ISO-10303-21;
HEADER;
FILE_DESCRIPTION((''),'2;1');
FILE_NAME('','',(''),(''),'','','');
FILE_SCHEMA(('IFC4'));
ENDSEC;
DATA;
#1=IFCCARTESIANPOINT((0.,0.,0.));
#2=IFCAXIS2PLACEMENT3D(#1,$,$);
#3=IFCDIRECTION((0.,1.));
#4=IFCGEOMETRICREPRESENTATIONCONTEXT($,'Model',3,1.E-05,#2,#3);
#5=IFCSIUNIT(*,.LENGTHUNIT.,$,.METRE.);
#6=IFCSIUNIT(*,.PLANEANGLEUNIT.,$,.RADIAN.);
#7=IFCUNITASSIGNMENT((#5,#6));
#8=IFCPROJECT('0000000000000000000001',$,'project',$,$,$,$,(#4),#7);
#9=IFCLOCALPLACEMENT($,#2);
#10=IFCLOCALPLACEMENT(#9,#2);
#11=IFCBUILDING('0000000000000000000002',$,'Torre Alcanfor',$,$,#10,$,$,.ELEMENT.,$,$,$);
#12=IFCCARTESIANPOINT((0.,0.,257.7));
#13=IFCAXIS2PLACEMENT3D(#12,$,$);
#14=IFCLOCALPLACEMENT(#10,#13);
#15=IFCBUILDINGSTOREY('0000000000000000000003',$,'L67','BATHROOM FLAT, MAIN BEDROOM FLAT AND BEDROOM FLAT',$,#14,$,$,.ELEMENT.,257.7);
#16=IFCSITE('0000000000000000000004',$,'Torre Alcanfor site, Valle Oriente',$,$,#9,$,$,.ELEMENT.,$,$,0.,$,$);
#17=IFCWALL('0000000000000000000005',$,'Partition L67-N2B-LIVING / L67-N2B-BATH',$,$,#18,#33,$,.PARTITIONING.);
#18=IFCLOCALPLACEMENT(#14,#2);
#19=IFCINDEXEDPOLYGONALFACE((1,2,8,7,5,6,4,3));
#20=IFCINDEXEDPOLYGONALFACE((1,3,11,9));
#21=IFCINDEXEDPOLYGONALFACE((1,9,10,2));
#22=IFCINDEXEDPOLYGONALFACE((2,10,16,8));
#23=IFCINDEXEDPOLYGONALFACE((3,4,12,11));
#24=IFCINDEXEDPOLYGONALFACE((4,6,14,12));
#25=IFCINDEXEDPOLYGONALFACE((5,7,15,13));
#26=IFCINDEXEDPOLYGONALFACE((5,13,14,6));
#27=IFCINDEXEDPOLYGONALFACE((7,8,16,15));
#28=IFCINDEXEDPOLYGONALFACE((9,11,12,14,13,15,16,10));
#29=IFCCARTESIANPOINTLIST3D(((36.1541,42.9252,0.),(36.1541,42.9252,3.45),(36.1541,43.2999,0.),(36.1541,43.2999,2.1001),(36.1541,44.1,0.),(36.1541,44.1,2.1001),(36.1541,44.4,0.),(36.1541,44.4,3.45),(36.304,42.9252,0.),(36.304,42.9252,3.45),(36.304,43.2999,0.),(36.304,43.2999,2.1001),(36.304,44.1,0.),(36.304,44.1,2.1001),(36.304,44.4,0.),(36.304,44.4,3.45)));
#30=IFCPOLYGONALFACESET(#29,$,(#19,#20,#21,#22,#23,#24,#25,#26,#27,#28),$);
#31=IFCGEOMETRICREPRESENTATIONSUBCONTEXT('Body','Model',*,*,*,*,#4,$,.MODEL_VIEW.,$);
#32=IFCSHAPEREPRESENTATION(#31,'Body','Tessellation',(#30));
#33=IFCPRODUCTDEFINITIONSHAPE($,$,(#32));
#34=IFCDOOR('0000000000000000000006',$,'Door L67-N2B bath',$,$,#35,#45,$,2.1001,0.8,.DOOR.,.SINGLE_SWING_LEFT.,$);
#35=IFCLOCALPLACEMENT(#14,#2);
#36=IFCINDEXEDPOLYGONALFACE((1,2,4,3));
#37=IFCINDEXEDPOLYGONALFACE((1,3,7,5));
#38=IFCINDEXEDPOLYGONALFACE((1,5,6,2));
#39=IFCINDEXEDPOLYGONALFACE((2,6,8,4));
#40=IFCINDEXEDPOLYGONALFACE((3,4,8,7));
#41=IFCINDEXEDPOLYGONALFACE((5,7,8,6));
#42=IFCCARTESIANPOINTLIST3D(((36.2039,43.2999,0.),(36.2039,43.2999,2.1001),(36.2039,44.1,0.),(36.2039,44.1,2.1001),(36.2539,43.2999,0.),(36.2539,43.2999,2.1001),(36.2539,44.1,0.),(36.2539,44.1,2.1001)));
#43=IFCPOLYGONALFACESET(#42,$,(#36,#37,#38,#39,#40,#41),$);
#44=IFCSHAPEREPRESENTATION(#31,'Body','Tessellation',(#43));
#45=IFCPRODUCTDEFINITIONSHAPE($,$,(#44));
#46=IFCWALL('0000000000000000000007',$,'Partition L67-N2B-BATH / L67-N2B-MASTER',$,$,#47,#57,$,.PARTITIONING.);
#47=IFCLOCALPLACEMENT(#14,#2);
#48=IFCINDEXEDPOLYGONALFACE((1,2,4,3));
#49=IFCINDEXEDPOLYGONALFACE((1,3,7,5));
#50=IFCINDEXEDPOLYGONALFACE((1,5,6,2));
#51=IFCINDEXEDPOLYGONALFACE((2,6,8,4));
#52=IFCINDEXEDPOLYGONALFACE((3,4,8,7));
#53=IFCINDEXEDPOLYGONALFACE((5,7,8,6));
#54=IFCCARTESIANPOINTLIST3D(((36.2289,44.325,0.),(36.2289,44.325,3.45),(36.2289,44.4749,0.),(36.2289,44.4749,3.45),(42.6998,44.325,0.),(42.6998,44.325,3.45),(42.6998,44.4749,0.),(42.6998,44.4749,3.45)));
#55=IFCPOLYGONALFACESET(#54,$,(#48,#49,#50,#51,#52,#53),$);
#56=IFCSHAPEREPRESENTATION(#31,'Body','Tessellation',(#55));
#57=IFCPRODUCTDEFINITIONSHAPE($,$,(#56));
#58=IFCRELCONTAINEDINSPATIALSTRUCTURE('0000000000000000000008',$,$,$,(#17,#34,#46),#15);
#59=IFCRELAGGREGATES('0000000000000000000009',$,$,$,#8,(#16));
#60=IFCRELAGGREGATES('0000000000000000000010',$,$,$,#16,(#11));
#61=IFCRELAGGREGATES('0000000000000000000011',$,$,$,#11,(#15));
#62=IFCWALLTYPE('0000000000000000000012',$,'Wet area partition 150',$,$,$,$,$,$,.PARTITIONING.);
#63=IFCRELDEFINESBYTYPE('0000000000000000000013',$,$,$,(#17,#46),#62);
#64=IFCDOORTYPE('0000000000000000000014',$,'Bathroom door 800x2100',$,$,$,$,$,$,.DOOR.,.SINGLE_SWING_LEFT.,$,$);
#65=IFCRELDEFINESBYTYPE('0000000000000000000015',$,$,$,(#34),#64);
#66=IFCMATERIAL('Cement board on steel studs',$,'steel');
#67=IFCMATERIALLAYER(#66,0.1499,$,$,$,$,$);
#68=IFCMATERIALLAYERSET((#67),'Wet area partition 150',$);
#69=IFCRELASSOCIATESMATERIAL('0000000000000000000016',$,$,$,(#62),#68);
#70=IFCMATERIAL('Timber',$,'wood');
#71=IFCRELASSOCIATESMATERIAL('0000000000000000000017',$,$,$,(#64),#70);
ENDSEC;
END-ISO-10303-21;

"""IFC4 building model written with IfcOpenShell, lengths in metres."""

from ifc_helpers import new_model, si_unit, direction, frame, frame_2d, origin, place, context, subcontext, project, spatial, rectangle, extrude, material, layer, layer_set, type_object, element, fill, save


model = new_model("IFC4")

# Units and contexts
model_context = context("Model", 3, precision=1e-05, world=origin(), true_north=direction((0.0, 1.0)))
body_context = subcontext(model_context, "Body", "Model", "MODEL_VIEW")
ifc_project = project(units=[si_unit("LENGTHUNIT", "METRE"), si_unit("PLANEANGLEUNIT", "RADIAN")], contexts=[model_context])

# Site, building, storey
site_placement = place(None, origin())
site = spatial("IfcSite", under=ifc_project, at=site_placement, Name="Torre Alcanfor site, Valle Oriente", CompositionType="ELEMENT", RefElevation=0.0)
building_placement = place(site_placement, origin())
building = spatial("IfcBuilding", under=site, at=building_placement, Name="Torre Alcanfor", CompositionType="ELEMENT")
storey_placement = place(building_placement, frame((0.0, 0.0, 257.7)))
storey = spatial("IfcBuildingStorey", under=building, at=storey_placement, Name="L67", Description="BATHROOM FLAT, MAIN BEDROOM FLAT AND BEDROOM FLAT", CompositionType="ELEMENT", Elevation=257.7)

# Shared definitions
ifc_material_1 = material(Name="Cement board on steel studs", Category="steel")
ifc_layer_1 = layer(ifc_material_1, 0.1499)
ifc_layer_set_1 = layer_set([ifc_layer_1], Name="Wet area partition 150")
wall_type_1 = type_object("IfcWallType", Name="Wet area partition 150", PredefinedType="PARTITIONING", material=ifc_layer_set_1)

# Wall, opening, door
ifc_material_2 = material(Name="Timber", Category="wood")
door_type_1 = type_object("IfcDoorType", Name="Bathroom door 800x2100", OperationType="SINGLE_SWING_LEFT", PredefinedType="DOOR", material=ifc_material_2)
wall_1_placement = place(storey_placement, frame((36.229, 44.3999, 0.0), z_axis=(0.0, 0.0, 1.0), x_axis=(0.0, -1.0, 0.0)))
wall_1 = element("IfcWall", 1, at=wall_1_placement, inside=storey, type_object=wall_type_1, Name="Partition L67-N2B-LIVING / L67-N2B-BATH", PredefinedType="PARTITIONING", context=body_context, shape_type="SweptSolid", body=[
    extrude(rectangle(XDim=1.4749, YDim=0.1499, at=frame_2d((0.7373, 0.0))), origin(), (0.0, 0.0, 1.0), 3.45),
])
opening_1_placement = place(wall_1_placement, frame((0.3, 0.0, 0.0)))
opening_1 = element("IfcOpeningElement", 2, at=opening_1_placement, cuts=wall_1, PredefinedType="OPENING", context=body_context, shape_type="SweptSolid", body=[
    extrude(rectangle(XDim=0.8, YDim=2.1001, at=frame_2d((0.3999, 1.05))), frame((0.0, 0.085, 0.0), z_axis=(0.0, -1.0, 0.0), x_axis=(1.0, 0.0, 0.0)), (0.0, 0.0, 1.0), 0.1699),
])
door_1_placement = place(opening_1_placement, origin())
door_1 = element("IfcDoor", 3, at=door_1_placement, inside=storey, type_object=door_type_1, Name="Door L67-N2B bath", OperationType="SINGLE_SWING_LEFT", OverallHeight=2.1001, OverallWidth=0.8, PredefinedType="DOOR", context=body_context, shape_type="SweptSolid", body=[
    extrude(rectangle(XDim=0.8, YDim=2.1001, at=frame_2d((0.3999, 1.05))), frame((0.0, 0.0249, 0.0), z_axis=(0.0, -1.0, 0.0), x_axis=(1.0, 0.0, 0.0)), (0.0, 0.0, 1.0), 0.05),
])
fill(opening_1, door_1)

# Wall
wall_2_placement = place(storey_placement, frame((36.229, 44.3999, 0.0), z_axis=(0.0, 0.0, 1.0), x_axis=(1.0, 0.0, 0.0)))
element("IfcWall", 4, at=wall_2_placement, inside=storey, type_object=wall_type_1, Name="Partition L67-N2B-BATH / L67-N2B-MASTER", PredefinedType="PARTITIONING", context=body_context, shape_type="SweptSolid", body=[
    extrude(rectangle(XDim=6.4709, YDim=0.1499, at=frame_2d((3.2354, 0.0))), origin(), (0.0, 0.0, 1.0), 3.45),
])

save(model, "model.ifc")
